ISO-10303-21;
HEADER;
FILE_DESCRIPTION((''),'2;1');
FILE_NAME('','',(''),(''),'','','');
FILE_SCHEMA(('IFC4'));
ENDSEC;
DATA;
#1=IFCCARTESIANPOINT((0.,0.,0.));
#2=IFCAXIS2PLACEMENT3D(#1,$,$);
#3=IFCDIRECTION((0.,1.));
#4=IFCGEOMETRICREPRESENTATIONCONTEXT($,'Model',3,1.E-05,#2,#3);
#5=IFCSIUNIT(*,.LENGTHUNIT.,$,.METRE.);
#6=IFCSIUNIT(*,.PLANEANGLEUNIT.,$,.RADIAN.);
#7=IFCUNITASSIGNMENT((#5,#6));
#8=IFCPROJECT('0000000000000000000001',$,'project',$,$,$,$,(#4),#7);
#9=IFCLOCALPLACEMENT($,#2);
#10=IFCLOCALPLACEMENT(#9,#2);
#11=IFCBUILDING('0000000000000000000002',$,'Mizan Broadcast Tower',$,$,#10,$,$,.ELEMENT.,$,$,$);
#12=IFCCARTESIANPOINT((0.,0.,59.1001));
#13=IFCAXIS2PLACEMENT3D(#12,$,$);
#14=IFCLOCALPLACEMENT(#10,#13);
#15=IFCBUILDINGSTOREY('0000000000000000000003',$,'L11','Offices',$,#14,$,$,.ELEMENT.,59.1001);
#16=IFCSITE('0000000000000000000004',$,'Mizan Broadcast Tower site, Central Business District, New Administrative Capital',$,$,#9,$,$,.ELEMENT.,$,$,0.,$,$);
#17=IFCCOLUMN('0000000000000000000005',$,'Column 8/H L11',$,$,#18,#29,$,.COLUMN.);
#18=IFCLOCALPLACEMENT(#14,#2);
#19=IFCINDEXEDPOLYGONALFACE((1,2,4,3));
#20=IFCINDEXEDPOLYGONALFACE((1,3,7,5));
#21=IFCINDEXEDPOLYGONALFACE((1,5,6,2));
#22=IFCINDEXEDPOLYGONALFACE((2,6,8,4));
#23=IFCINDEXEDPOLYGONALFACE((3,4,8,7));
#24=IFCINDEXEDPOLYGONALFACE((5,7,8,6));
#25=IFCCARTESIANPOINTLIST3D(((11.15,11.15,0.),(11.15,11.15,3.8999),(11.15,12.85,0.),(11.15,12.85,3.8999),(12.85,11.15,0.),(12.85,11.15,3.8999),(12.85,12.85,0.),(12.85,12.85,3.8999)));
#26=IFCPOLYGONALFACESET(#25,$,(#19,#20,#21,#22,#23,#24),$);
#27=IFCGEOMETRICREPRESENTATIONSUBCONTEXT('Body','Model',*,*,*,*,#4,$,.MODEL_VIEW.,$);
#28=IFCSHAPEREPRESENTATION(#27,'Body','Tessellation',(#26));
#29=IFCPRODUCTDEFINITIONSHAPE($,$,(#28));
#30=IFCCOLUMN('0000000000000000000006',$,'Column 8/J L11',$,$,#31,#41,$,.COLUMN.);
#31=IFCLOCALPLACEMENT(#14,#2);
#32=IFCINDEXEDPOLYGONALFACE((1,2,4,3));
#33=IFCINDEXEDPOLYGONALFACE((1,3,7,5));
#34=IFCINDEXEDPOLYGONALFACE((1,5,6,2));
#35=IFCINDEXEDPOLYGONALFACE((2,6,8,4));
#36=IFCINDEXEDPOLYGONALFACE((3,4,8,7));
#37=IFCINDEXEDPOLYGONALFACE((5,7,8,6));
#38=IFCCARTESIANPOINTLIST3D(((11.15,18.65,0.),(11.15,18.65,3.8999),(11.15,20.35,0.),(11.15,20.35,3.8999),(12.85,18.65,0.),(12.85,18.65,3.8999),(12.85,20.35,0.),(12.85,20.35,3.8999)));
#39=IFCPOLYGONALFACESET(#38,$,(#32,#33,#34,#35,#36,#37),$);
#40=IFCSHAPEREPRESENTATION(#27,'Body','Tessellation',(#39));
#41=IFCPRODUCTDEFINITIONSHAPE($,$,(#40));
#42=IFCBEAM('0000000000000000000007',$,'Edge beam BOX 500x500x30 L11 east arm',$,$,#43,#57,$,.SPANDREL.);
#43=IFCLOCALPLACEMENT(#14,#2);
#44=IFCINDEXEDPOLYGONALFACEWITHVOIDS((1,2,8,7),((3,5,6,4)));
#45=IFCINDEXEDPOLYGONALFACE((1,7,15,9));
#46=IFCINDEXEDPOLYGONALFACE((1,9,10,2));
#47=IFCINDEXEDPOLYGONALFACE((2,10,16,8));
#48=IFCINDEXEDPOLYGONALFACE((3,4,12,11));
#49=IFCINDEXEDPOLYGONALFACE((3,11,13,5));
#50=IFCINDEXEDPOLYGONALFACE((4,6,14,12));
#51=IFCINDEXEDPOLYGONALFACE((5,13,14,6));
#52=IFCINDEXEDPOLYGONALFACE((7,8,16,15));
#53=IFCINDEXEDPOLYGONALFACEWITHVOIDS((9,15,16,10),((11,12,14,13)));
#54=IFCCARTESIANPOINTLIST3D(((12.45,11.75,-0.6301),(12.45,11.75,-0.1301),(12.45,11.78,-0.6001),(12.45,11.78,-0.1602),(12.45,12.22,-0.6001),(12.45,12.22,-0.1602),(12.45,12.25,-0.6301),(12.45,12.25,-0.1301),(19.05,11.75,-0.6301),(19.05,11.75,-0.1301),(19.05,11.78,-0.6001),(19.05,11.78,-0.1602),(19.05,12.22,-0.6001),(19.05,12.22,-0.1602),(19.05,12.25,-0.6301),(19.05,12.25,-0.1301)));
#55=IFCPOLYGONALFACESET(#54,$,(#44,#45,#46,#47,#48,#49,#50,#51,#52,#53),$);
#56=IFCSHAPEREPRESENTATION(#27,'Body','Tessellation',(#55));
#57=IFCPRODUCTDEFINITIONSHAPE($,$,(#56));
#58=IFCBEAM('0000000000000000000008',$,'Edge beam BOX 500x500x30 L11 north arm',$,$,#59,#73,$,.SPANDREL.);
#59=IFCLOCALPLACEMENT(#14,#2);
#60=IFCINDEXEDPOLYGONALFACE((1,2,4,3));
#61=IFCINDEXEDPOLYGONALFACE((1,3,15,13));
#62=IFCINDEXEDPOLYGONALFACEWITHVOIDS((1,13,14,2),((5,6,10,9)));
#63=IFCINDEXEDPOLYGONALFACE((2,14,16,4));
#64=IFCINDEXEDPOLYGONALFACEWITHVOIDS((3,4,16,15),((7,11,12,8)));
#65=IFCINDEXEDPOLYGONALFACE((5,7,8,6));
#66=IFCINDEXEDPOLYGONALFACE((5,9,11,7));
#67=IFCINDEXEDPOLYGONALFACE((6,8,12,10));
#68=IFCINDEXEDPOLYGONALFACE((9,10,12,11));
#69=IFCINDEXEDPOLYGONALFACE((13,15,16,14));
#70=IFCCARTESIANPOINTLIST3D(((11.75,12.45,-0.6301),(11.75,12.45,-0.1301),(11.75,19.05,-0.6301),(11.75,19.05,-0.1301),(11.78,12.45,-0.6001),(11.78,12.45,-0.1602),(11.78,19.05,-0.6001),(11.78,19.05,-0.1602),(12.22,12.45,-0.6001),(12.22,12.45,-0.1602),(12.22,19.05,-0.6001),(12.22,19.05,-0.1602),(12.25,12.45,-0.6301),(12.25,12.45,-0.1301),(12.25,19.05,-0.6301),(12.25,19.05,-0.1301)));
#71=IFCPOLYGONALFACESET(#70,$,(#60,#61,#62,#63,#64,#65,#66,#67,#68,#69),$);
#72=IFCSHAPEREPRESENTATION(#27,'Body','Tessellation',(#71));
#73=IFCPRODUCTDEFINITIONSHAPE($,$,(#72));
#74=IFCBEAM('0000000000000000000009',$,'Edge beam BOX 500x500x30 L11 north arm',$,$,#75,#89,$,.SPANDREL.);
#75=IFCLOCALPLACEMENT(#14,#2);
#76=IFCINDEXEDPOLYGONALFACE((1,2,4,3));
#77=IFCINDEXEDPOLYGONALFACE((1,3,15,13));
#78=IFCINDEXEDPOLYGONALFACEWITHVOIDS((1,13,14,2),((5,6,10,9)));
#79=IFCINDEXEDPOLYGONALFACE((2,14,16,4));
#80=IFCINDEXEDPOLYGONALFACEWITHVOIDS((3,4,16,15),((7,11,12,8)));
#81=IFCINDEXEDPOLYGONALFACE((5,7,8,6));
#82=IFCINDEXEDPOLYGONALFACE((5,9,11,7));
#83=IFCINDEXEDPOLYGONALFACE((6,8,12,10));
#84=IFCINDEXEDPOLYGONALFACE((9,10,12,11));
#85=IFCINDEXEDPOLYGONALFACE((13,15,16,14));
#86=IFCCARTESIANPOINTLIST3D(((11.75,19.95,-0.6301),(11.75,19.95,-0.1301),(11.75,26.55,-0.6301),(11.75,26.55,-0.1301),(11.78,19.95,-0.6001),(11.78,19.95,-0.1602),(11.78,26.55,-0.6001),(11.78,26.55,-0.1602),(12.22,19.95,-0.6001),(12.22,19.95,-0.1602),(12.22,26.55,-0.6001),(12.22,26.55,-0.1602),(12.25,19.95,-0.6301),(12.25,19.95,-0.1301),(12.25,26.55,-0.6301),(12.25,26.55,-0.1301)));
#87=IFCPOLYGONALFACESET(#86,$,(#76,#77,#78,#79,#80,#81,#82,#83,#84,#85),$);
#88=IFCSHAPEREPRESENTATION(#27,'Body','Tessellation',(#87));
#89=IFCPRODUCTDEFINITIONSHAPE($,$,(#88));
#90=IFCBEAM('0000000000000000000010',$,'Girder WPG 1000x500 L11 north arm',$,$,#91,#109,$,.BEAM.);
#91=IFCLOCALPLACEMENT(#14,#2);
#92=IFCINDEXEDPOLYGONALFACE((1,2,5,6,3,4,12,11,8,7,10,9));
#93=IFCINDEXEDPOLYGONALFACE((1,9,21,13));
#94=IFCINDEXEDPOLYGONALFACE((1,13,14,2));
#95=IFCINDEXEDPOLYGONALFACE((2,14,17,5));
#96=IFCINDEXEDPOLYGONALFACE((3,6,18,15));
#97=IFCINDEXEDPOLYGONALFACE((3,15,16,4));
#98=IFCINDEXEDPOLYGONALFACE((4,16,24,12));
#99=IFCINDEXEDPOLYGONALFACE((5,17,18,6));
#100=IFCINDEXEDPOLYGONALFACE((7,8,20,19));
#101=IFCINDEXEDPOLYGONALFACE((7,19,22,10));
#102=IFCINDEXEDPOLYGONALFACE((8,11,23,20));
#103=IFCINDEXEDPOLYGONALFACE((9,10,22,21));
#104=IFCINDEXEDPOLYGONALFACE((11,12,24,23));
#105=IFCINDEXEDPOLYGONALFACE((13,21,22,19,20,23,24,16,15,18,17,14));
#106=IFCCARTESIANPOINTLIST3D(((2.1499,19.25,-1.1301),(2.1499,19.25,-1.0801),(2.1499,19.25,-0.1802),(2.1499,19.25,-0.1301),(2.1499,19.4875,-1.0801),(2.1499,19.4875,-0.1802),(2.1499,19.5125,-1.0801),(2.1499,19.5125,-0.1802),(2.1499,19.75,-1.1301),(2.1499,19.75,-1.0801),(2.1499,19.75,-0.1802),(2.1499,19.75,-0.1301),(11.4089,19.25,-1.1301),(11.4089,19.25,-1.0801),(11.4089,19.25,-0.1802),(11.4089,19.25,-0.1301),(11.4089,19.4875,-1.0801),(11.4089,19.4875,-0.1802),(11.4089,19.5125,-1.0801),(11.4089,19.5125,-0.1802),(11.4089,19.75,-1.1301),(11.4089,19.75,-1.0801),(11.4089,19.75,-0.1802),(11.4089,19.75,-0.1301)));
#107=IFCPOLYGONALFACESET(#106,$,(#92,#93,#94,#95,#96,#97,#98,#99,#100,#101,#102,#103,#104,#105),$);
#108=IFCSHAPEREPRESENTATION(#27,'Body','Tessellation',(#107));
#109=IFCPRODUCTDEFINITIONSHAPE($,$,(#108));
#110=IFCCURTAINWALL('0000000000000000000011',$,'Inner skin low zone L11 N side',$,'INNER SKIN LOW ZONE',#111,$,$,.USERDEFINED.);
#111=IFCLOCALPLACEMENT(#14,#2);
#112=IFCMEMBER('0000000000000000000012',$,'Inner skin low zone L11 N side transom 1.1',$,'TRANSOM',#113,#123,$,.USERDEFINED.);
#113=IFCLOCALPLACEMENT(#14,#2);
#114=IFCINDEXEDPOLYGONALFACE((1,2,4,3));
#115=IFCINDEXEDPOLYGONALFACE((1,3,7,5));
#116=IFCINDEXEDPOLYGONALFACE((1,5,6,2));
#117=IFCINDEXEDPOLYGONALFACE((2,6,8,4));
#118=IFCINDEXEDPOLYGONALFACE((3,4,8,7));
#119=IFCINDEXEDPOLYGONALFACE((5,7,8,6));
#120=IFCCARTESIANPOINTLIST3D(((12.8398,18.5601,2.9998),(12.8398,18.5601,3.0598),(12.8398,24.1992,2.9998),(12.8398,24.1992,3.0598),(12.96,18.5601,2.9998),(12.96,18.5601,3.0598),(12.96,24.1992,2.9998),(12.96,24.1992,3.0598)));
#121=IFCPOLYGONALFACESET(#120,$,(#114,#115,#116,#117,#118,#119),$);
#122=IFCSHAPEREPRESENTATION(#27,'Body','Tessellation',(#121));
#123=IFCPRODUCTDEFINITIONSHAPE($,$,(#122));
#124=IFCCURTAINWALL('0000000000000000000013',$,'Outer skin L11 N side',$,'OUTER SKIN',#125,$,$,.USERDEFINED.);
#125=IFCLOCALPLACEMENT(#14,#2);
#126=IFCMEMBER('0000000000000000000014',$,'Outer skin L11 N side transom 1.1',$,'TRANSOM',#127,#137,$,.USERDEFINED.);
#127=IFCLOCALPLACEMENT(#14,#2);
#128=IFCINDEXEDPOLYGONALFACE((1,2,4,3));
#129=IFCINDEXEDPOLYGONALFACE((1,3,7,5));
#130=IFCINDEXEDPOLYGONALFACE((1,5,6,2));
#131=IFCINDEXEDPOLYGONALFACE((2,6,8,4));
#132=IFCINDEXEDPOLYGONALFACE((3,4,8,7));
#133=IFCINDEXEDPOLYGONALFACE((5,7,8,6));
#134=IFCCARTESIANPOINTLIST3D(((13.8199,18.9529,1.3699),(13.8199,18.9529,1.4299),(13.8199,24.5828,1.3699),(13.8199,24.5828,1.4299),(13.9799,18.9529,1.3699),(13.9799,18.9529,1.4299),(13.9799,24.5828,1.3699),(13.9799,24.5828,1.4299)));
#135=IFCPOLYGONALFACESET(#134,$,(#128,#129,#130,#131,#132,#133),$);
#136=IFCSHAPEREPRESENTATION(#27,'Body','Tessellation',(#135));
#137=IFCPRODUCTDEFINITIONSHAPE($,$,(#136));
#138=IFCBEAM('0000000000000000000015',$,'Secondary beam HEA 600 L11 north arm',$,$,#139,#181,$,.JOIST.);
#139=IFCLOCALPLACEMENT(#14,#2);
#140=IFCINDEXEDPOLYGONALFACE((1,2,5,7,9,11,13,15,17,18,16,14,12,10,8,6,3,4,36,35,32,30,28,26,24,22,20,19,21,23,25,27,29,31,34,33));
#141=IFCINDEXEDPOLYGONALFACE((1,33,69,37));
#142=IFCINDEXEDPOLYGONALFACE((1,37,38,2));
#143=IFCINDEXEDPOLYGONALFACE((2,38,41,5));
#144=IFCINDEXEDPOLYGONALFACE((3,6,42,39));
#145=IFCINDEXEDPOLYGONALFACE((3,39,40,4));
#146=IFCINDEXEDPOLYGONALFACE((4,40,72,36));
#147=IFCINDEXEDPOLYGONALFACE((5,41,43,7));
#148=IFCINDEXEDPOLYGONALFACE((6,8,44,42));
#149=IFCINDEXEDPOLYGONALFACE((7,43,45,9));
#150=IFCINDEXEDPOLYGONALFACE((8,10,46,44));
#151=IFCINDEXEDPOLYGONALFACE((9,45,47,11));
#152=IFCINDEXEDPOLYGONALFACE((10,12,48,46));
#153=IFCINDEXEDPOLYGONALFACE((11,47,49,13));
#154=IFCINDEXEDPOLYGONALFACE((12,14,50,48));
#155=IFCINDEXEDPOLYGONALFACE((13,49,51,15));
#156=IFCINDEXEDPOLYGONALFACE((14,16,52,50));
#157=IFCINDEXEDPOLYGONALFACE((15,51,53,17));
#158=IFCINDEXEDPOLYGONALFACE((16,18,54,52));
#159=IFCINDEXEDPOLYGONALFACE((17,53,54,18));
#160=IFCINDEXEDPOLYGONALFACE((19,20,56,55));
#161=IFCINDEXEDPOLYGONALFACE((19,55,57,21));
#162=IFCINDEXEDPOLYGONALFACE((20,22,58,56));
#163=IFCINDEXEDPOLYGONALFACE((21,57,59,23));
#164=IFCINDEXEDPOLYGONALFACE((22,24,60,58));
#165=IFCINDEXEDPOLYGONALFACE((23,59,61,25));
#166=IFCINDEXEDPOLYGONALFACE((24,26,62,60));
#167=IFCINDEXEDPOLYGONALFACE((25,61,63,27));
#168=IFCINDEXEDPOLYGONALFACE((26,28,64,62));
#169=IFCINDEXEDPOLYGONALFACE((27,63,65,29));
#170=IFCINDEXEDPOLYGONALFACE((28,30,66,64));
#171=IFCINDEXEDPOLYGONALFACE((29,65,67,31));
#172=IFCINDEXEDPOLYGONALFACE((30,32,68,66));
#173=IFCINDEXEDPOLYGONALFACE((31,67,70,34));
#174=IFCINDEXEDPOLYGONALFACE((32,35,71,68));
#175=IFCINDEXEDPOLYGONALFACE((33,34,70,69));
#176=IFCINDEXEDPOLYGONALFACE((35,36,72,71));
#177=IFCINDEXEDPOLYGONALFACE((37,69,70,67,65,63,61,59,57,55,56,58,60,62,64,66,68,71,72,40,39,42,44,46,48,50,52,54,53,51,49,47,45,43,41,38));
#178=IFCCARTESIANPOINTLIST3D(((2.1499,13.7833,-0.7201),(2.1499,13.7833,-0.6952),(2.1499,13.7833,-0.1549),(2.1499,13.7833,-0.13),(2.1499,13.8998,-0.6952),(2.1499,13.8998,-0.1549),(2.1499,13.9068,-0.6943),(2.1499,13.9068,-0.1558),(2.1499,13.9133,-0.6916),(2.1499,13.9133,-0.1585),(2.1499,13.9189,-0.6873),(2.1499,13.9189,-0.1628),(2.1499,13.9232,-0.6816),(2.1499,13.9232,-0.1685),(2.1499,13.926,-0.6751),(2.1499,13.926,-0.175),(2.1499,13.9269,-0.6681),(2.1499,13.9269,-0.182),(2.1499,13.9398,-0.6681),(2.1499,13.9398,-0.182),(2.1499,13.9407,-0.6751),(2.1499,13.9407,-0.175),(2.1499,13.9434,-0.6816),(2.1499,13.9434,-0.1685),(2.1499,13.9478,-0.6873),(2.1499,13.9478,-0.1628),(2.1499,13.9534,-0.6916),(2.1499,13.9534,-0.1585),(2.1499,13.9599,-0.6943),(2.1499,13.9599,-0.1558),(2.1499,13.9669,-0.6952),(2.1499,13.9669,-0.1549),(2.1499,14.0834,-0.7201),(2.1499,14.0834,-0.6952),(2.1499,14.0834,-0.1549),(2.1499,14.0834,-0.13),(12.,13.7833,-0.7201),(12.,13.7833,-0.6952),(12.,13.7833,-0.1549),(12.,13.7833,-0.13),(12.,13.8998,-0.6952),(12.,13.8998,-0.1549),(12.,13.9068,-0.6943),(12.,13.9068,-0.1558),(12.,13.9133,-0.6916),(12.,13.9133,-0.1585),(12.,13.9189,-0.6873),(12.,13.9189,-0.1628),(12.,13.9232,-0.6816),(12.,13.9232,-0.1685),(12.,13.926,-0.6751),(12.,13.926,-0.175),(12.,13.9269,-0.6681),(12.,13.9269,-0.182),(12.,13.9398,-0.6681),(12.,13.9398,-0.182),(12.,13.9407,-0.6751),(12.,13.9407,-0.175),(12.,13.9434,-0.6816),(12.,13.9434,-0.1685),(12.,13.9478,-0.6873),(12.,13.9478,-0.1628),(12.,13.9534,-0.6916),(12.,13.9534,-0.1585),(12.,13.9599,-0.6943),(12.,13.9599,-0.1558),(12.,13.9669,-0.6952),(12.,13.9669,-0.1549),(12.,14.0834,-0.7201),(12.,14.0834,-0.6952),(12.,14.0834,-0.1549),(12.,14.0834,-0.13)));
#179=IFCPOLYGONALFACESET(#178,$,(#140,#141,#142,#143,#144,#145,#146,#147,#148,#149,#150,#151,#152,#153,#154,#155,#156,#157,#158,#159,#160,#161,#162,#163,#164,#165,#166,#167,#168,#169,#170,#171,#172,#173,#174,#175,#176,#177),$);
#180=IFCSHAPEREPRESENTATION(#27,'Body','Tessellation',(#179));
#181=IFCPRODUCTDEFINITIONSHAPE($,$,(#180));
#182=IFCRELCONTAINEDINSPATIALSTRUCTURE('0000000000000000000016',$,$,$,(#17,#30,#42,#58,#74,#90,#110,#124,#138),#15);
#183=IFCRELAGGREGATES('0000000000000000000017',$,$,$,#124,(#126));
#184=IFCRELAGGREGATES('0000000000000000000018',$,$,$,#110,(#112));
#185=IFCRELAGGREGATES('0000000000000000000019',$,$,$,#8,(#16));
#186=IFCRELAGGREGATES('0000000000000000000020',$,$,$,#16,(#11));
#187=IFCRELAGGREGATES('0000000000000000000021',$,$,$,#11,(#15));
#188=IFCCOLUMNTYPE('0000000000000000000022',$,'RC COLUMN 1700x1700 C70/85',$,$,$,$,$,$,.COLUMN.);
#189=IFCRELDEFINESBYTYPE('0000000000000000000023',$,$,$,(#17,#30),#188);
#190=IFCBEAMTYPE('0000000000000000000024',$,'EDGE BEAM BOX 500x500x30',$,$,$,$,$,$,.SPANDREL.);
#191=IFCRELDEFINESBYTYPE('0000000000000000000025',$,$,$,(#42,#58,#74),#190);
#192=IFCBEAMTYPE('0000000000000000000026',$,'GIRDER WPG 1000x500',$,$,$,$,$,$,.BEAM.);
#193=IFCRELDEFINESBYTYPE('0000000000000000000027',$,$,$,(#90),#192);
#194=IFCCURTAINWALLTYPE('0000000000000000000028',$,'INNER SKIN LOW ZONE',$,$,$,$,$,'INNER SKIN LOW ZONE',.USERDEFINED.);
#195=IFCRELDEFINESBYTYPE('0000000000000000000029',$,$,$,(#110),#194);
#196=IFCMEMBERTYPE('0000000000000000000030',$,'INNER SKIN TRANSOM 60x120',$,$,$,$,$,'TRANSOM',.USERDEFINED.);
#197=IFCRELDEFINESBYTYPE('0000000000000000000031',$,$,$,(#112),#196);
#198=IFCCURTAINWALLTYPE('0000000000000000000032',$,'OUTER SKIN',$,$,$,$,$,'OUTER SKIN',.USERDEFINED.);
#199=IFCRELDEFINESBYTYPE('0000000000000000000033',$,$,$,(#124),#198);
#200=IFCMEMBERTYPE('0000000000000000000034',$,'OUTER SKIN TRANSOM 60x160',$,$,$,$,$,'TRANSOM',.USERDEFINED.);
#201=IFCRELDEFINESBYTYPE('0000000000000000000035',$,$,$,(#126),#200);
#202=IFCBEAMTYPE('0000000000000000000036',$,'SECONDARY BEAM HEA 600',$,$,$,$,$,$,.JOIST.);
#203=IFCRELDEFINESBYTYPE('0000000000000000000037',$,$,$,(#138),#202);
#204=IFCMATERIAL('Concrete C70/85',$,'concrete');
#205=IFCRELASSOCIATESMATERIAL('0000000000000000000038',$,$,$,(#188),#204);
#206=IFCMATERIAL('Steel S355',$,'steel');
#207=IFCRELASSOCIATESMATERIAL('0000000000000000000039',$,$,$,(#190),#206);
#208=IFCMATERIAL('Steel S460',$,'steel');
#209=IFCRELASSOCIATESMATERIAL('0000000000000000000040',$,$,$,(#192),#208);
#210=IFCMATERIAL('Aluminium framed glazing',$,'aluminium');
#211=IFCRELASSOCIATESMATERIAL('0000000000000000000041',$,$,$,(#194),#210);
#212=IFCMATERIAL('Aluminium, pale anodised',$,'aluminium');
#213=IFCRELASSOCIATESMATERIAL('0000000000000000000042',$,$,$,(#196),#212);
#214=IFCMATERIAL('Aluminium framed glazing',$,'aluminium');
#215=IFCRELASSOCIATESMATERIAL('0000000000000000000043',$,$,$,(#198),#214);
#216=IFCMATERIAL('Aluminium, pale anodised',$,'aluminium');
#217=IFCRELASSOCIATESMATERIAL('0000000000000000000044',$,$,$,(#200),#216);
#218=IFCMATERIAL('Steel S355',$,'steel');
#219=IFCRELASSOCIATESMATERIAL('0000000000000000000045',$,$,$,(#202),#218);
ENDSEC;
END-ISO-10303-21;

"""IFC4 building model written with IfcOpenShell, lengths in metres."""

from ifc_helpers import new_model, si_unit, direction, frame, origin, origin_2d, place, context, subcontext, project, spatial, rectangle, hollow_rectangle, i_section, extrude, material, material_profile, profile_set, type_object, element, aggregate, save


model = new_model("IFC4")

# Units and contexts
model_context = context("Model", 3, precision=1e-05, world=origin(), true_north=direction((0.0, 1.0)))
body_context = subcontext(model_context, "Body", "Model", "MODEL_VIEW")
ifc_project = project(units=[si_unit("LENGTHUNIT", "METRE"), si_unit("PLANEANGLEUNIT", "RADIAN")], contexts=[model_context])

# Site, building, storey
site_placement = place(None, origin())
site = spatial("IfcSite", under=ifc_project, at=site_placement, Name="Mizan Broadcast Tower site, Central Business District, New Administrative Capital", CompositionType="ELEMENT", RefElevation=0.0)
building_placement = place(site_placement, origin())
building = spatial("IfcBuilding", under=site, at=building_placement, Name="Mizan Broadcast Tower", CompositionType="ELEMENT")
storey_placement = place(building_placement, frame((0.0, 0.0, 59.1001)))
storey = spatial("IfcBuildingStorey", under=building, at=storey_placement, Name="L11", Description="Offices", CompositionType="ELEMENT", Elevation=59.1001)

# Columns
ifc_material_1 = material(Name="Concrete C70/85", Category="concrete")
ifc_material_profile_1 = material_profile(ifc_material_1, rectangle(XDim=1.7, YDim=1.7, at=origin_2d()), Name="RC 1700x1700")
ifc_profile_set_1 = profile_set([ifc_material_profile_1], Name="Concrete C70/85")
column_type = type_object("IfcColumnType", Name="RC COLUMN 1700x1700 C70/85", PredefinedType="COLUMN", material=ifc_profile_set_1)
for number, where, z_axis, x_axis, name in (
    (1, (12.0, 12.0, 0.0), (0.0, 0.0, 1.0), (1.0, 0.0, 0.0), "Column 8/H L11"),
    (2, (12.0, 19.5, 0.0), (0.0, 0.0, 1.0), (1.0, 0.0, 0.0), "Column 8/J L11"),
):
    element("IfcColumn", number, at=place(storey_placement, frame(where, z_axis=z_axis, x_axis=x_axis)), inside=storey, type_object=column_type, Name=name, PredefinedType="COLUMN", context=body_context, shape_type="SweptSolid", body=[
        extrude(rectangle(XDim=1.7, YDim=1.7, at=origin_2d()), origin(), (0.0, 0.0, 1.0), 3.8999),
    ])

# Beams
ifc_material_2 = material(Name="Steel S355", Category="steel")
ifc_material_profile_2 = material_profile(ifc_material_2, hollow_rectangle(XDim=0.5, YDim=0.5, WallThickness=0.03, at=origin_2d()), Name="BOX 500x500x30")
ifc_profile_set_2 = profile_set([ifc_material_profile_2], Name="Steel S355")
beam_type_1 = type_object("IfcBeamType", Name="EDGE BEAM BOX 500x500x30", PredefinedType="SPANDREL", material=ifc_profile_set_2)
for number, where, z_axis, x_axis, name in (
    (3, (12.45, 12.0, -0.3801), (1.0, 0.0, 0.0), (0.0, 1.0, 0.0), "Edge beam BOX 500x500x30 L11 east arm"),
    (4, (12.0, 12.45, -0.3801), (0.0, 1.0, 0.0), (-1.0, 0.0, 0.0), "Edge beam BOX 500x500x30 L11 north arm"),
    (5, (12.0, 19.95, -0.3801), (0.0, 1.0, 0.0), (-1.0, 0.0, 0.0), "Edge beam BOX 500x500x30 L11 north arm"),
):
    element("IfcBeam", number, at=place(storey_placement, frame(where, z_axis=z_axis, x_axis=x_axis)), inside=storey, type_object=beam_type_1, Name=name, PredefinedType="SPANDREL", context=body_context, shape_type="SweptSolid", body=[
        extrude(hollow_rectangle(XDim=0.5, YDim=0.5, WallThickness=0.03, at=origin_2d()), origin(), (0.0, 0.0, 1.0), 6.6001),
    ])
ifc_material_3 = material(Name="Steel S460", Category="steel")
ifc_material_profile_3 = material_profile(ifc_material_3, i_section(OverallWidth=0.5, OverallDepth=1.0, WebThickness=0.0249, FlangeThickness=0.05, at=origin_2d()), Name="WPG 1000x500")
ifc_profile_set_3 = profile_set([ifc_material_profile_3], Name="Steel S460")
beam_type_2 = type_object("IfcBeamType", Name="GIRDER WPG 1000x500", PredefinedType="BEAM", material=ifc_profile_set_3)
beam_1_placement = place(storey_placement, frame((11.4089, 19.5, -0.6301), z_axis=(-1.0, 0.0, 0.0), x_axis=(0.0, -1.0, 0.0)))
element("IfcBeam", 6, at=beam_1_placement, inside=storey, type_object=beam_type_2, Name="Girder WPG 1000x500 L11 north arm", PredefinedType="BEAM", context=body_context, shape_type="SweptSolid", body=[
    extrude(i_section(OverallWidth=0.5, OverallDepth=1.0, WebThickness=0.0249, FlangeThickness=0.05, at=origin_2d()), origin(), (0.0, 0.0, 1.0), 9.259),
])

# Curtain walls, members
ifc_material_4 = material(Name="Aluminium framed glazing", Category="aluminium")
curtain_wall_type_1 = type_object("IfcCurtainWallType", Name="INNER SKIN LOW ZONE", ElementType="INNER SKIN LOW ZONE", PredefinedType="USERDEFINED", material=ifc_material_4)
curtain_wall_1_placement = place(storey_placement, origin())
curtain_wall_1 = element("IfcCurtainWall", 7, at=curtain_wall_1_placement, inside=storey, type_object=curtain_wall_type_1, Name="Inner skin low zone L11 N side", ObjectType="INNER SKIN LOW ZONE", PredefinedType="USERDEFINED")
ifc_material_5 = material(Name="Aluminium, pale anodised", Category="aluminium")
ifc_material_profile_4 = material_profile(ifc_material_5, rectangle(XDim=0.1201, YDim=0.0601, at=origin_2d()), Name="TRANSOM 120x60")
ifc_profile_set_4 = profile_set([ifc_material_profile_4], Name="Aluminium, pale anodised")
member_type_1 = type_object("IfcMemberType", Name="INNER SKIN TRANSOM 60x120", ElementType="TRANSOM", PredefinedType="USERDEFINED", material=ifc_profile_set_4)
member_1_placement = place(storey_placement, frame((12.8999, 18.5601, 3.0298), z_axis=(0.0, 1.0, 0.0), x_axis=(-1.0, 0.0, 0.0)))
member_1 = element("IfcMember", 8, at=member_1_placement, type_object=member_type_1, Name="Inner skin low zone L11 N side transom 1.1", ObjectType="TRANSOM", PredefinedType="USERDEFINED", context=body_context, shape_type="SweptSolid", body=[
    extrude(rectangle(XDim=0.1201, YDim=0.0601, at=origin_2d()), origin(), (0.0, 0.0, 1.0), 5.6392),
])
ifc_material_6 = material(Name="Aluminium framed glazing", Category="aluminium")
curtain_wall_type_2 = type_object("IfcCurtainWallType", Name="OUTER SKIN", ElementType="OUTER SKIN", PredefinedType="USERDEFINED", material=ifc_material_6)
curtain_wall_2_placement = place(storey_placement, origin())
curtain_wall_2 = element("IfcCurtainWall", 9, at=curtain_wall_2_placement, inside=storey, type_object=curtain_wall_type_2, Name="Outer skin L11 N side", ObjectType="OUTER SKIN", PredefinedType="USERDEFINED")
ifc_material_7 = material(Name="Aluminium, pale anodised", Category="aluminium")
ifc_material_profile_5 = material_profile(ifc_material_7, rectangle(XDim=0.1599, YDim=0.0601, at=origin_2d()), Name="TRANSOM 160x60")
ifc_profile_set_5 = profile_set([ifc_material_profile_5], Name="Aluminium, pale anodised")
member_type_2 = type_object("IfcMemberType", Name="OUTER SKIN TRANSOM 60x160", ElementType="TRANSOM", PredefinedType="USERDEFINED", material=ifc_profile_set_5)
member_2_placement = place(storey_placement, frame((13.8999, 18.9529, 1.3999), z_axis=(0.0, 1.0, 0.0), x_axis=(-1.0, 0.0, 0.0)))
member_2 = element("IfcMember", 10, at=member_2_placement, type_object=member_type_2, Name="Outer skin L11 N side transom 1.1", ObjectType="TRANSOM", PredefinedType="USERDEFINED", context=body_context, shape_type="SweptSolid", body=[
    extrude(rectangle(XDim=0.1599, YDim=0.0601, at=origin_2d()), origin(), (0.0, 0.0, 1.0), 5.6299),
])
aggregate(curtain_wall_2, [member_2])

# Beam
ifc_material_8 = material(Name="Steel S355", Category="steel")
ifc_material_profile_6 = material_profile(ifc_material_8, i_section(OverallWidth=0.3, OverallDepth=0.5901, WebThickness=0.0129, FlangeThickness=0.0249, FilletRadius=0.0271, at=origin_2d()), Name="HEA 600")
ifc_profile_set_6 = profile_set([ifc_material_profile_6], Name="Steel S355")
beam_type_3 = type_object("IfcBeamType", Name="SECONDARY BEAM HEA 600", PredefinedType="JOIST", material=ifc_profile_set_6)
for number, where, z_axis, x_axis, name in (
    (11, (12.0, 13.9333, -0.425), (-1.0, 0.0, 0.0), (0.0, -1.0, 0.0), "Secondary beam HEA 600 L11 north arm"),
):
    element("IfcBeam", number, at=place(storey_placement, frame(where, z_axis=z_axis, x_axis=x_axis)), inside=storey, type_object=beam_type_3, Name=name, PredefinedType="JOIST", context=body_context, shape_type="SweptSolid", body=[
        extrude(i_section(OverallWidth=0.3, OverallDepth=0.5901, WebThickness=0.0129, FlangeThickness=0.0249, FilletRadius=0.0271, at=origin_2d()), origin(), (0.0, 0.0, 1.0), 9.8501),
    ])

aggregate(curtain_wall_1, [member_1])

save(model, "model.ifc")
